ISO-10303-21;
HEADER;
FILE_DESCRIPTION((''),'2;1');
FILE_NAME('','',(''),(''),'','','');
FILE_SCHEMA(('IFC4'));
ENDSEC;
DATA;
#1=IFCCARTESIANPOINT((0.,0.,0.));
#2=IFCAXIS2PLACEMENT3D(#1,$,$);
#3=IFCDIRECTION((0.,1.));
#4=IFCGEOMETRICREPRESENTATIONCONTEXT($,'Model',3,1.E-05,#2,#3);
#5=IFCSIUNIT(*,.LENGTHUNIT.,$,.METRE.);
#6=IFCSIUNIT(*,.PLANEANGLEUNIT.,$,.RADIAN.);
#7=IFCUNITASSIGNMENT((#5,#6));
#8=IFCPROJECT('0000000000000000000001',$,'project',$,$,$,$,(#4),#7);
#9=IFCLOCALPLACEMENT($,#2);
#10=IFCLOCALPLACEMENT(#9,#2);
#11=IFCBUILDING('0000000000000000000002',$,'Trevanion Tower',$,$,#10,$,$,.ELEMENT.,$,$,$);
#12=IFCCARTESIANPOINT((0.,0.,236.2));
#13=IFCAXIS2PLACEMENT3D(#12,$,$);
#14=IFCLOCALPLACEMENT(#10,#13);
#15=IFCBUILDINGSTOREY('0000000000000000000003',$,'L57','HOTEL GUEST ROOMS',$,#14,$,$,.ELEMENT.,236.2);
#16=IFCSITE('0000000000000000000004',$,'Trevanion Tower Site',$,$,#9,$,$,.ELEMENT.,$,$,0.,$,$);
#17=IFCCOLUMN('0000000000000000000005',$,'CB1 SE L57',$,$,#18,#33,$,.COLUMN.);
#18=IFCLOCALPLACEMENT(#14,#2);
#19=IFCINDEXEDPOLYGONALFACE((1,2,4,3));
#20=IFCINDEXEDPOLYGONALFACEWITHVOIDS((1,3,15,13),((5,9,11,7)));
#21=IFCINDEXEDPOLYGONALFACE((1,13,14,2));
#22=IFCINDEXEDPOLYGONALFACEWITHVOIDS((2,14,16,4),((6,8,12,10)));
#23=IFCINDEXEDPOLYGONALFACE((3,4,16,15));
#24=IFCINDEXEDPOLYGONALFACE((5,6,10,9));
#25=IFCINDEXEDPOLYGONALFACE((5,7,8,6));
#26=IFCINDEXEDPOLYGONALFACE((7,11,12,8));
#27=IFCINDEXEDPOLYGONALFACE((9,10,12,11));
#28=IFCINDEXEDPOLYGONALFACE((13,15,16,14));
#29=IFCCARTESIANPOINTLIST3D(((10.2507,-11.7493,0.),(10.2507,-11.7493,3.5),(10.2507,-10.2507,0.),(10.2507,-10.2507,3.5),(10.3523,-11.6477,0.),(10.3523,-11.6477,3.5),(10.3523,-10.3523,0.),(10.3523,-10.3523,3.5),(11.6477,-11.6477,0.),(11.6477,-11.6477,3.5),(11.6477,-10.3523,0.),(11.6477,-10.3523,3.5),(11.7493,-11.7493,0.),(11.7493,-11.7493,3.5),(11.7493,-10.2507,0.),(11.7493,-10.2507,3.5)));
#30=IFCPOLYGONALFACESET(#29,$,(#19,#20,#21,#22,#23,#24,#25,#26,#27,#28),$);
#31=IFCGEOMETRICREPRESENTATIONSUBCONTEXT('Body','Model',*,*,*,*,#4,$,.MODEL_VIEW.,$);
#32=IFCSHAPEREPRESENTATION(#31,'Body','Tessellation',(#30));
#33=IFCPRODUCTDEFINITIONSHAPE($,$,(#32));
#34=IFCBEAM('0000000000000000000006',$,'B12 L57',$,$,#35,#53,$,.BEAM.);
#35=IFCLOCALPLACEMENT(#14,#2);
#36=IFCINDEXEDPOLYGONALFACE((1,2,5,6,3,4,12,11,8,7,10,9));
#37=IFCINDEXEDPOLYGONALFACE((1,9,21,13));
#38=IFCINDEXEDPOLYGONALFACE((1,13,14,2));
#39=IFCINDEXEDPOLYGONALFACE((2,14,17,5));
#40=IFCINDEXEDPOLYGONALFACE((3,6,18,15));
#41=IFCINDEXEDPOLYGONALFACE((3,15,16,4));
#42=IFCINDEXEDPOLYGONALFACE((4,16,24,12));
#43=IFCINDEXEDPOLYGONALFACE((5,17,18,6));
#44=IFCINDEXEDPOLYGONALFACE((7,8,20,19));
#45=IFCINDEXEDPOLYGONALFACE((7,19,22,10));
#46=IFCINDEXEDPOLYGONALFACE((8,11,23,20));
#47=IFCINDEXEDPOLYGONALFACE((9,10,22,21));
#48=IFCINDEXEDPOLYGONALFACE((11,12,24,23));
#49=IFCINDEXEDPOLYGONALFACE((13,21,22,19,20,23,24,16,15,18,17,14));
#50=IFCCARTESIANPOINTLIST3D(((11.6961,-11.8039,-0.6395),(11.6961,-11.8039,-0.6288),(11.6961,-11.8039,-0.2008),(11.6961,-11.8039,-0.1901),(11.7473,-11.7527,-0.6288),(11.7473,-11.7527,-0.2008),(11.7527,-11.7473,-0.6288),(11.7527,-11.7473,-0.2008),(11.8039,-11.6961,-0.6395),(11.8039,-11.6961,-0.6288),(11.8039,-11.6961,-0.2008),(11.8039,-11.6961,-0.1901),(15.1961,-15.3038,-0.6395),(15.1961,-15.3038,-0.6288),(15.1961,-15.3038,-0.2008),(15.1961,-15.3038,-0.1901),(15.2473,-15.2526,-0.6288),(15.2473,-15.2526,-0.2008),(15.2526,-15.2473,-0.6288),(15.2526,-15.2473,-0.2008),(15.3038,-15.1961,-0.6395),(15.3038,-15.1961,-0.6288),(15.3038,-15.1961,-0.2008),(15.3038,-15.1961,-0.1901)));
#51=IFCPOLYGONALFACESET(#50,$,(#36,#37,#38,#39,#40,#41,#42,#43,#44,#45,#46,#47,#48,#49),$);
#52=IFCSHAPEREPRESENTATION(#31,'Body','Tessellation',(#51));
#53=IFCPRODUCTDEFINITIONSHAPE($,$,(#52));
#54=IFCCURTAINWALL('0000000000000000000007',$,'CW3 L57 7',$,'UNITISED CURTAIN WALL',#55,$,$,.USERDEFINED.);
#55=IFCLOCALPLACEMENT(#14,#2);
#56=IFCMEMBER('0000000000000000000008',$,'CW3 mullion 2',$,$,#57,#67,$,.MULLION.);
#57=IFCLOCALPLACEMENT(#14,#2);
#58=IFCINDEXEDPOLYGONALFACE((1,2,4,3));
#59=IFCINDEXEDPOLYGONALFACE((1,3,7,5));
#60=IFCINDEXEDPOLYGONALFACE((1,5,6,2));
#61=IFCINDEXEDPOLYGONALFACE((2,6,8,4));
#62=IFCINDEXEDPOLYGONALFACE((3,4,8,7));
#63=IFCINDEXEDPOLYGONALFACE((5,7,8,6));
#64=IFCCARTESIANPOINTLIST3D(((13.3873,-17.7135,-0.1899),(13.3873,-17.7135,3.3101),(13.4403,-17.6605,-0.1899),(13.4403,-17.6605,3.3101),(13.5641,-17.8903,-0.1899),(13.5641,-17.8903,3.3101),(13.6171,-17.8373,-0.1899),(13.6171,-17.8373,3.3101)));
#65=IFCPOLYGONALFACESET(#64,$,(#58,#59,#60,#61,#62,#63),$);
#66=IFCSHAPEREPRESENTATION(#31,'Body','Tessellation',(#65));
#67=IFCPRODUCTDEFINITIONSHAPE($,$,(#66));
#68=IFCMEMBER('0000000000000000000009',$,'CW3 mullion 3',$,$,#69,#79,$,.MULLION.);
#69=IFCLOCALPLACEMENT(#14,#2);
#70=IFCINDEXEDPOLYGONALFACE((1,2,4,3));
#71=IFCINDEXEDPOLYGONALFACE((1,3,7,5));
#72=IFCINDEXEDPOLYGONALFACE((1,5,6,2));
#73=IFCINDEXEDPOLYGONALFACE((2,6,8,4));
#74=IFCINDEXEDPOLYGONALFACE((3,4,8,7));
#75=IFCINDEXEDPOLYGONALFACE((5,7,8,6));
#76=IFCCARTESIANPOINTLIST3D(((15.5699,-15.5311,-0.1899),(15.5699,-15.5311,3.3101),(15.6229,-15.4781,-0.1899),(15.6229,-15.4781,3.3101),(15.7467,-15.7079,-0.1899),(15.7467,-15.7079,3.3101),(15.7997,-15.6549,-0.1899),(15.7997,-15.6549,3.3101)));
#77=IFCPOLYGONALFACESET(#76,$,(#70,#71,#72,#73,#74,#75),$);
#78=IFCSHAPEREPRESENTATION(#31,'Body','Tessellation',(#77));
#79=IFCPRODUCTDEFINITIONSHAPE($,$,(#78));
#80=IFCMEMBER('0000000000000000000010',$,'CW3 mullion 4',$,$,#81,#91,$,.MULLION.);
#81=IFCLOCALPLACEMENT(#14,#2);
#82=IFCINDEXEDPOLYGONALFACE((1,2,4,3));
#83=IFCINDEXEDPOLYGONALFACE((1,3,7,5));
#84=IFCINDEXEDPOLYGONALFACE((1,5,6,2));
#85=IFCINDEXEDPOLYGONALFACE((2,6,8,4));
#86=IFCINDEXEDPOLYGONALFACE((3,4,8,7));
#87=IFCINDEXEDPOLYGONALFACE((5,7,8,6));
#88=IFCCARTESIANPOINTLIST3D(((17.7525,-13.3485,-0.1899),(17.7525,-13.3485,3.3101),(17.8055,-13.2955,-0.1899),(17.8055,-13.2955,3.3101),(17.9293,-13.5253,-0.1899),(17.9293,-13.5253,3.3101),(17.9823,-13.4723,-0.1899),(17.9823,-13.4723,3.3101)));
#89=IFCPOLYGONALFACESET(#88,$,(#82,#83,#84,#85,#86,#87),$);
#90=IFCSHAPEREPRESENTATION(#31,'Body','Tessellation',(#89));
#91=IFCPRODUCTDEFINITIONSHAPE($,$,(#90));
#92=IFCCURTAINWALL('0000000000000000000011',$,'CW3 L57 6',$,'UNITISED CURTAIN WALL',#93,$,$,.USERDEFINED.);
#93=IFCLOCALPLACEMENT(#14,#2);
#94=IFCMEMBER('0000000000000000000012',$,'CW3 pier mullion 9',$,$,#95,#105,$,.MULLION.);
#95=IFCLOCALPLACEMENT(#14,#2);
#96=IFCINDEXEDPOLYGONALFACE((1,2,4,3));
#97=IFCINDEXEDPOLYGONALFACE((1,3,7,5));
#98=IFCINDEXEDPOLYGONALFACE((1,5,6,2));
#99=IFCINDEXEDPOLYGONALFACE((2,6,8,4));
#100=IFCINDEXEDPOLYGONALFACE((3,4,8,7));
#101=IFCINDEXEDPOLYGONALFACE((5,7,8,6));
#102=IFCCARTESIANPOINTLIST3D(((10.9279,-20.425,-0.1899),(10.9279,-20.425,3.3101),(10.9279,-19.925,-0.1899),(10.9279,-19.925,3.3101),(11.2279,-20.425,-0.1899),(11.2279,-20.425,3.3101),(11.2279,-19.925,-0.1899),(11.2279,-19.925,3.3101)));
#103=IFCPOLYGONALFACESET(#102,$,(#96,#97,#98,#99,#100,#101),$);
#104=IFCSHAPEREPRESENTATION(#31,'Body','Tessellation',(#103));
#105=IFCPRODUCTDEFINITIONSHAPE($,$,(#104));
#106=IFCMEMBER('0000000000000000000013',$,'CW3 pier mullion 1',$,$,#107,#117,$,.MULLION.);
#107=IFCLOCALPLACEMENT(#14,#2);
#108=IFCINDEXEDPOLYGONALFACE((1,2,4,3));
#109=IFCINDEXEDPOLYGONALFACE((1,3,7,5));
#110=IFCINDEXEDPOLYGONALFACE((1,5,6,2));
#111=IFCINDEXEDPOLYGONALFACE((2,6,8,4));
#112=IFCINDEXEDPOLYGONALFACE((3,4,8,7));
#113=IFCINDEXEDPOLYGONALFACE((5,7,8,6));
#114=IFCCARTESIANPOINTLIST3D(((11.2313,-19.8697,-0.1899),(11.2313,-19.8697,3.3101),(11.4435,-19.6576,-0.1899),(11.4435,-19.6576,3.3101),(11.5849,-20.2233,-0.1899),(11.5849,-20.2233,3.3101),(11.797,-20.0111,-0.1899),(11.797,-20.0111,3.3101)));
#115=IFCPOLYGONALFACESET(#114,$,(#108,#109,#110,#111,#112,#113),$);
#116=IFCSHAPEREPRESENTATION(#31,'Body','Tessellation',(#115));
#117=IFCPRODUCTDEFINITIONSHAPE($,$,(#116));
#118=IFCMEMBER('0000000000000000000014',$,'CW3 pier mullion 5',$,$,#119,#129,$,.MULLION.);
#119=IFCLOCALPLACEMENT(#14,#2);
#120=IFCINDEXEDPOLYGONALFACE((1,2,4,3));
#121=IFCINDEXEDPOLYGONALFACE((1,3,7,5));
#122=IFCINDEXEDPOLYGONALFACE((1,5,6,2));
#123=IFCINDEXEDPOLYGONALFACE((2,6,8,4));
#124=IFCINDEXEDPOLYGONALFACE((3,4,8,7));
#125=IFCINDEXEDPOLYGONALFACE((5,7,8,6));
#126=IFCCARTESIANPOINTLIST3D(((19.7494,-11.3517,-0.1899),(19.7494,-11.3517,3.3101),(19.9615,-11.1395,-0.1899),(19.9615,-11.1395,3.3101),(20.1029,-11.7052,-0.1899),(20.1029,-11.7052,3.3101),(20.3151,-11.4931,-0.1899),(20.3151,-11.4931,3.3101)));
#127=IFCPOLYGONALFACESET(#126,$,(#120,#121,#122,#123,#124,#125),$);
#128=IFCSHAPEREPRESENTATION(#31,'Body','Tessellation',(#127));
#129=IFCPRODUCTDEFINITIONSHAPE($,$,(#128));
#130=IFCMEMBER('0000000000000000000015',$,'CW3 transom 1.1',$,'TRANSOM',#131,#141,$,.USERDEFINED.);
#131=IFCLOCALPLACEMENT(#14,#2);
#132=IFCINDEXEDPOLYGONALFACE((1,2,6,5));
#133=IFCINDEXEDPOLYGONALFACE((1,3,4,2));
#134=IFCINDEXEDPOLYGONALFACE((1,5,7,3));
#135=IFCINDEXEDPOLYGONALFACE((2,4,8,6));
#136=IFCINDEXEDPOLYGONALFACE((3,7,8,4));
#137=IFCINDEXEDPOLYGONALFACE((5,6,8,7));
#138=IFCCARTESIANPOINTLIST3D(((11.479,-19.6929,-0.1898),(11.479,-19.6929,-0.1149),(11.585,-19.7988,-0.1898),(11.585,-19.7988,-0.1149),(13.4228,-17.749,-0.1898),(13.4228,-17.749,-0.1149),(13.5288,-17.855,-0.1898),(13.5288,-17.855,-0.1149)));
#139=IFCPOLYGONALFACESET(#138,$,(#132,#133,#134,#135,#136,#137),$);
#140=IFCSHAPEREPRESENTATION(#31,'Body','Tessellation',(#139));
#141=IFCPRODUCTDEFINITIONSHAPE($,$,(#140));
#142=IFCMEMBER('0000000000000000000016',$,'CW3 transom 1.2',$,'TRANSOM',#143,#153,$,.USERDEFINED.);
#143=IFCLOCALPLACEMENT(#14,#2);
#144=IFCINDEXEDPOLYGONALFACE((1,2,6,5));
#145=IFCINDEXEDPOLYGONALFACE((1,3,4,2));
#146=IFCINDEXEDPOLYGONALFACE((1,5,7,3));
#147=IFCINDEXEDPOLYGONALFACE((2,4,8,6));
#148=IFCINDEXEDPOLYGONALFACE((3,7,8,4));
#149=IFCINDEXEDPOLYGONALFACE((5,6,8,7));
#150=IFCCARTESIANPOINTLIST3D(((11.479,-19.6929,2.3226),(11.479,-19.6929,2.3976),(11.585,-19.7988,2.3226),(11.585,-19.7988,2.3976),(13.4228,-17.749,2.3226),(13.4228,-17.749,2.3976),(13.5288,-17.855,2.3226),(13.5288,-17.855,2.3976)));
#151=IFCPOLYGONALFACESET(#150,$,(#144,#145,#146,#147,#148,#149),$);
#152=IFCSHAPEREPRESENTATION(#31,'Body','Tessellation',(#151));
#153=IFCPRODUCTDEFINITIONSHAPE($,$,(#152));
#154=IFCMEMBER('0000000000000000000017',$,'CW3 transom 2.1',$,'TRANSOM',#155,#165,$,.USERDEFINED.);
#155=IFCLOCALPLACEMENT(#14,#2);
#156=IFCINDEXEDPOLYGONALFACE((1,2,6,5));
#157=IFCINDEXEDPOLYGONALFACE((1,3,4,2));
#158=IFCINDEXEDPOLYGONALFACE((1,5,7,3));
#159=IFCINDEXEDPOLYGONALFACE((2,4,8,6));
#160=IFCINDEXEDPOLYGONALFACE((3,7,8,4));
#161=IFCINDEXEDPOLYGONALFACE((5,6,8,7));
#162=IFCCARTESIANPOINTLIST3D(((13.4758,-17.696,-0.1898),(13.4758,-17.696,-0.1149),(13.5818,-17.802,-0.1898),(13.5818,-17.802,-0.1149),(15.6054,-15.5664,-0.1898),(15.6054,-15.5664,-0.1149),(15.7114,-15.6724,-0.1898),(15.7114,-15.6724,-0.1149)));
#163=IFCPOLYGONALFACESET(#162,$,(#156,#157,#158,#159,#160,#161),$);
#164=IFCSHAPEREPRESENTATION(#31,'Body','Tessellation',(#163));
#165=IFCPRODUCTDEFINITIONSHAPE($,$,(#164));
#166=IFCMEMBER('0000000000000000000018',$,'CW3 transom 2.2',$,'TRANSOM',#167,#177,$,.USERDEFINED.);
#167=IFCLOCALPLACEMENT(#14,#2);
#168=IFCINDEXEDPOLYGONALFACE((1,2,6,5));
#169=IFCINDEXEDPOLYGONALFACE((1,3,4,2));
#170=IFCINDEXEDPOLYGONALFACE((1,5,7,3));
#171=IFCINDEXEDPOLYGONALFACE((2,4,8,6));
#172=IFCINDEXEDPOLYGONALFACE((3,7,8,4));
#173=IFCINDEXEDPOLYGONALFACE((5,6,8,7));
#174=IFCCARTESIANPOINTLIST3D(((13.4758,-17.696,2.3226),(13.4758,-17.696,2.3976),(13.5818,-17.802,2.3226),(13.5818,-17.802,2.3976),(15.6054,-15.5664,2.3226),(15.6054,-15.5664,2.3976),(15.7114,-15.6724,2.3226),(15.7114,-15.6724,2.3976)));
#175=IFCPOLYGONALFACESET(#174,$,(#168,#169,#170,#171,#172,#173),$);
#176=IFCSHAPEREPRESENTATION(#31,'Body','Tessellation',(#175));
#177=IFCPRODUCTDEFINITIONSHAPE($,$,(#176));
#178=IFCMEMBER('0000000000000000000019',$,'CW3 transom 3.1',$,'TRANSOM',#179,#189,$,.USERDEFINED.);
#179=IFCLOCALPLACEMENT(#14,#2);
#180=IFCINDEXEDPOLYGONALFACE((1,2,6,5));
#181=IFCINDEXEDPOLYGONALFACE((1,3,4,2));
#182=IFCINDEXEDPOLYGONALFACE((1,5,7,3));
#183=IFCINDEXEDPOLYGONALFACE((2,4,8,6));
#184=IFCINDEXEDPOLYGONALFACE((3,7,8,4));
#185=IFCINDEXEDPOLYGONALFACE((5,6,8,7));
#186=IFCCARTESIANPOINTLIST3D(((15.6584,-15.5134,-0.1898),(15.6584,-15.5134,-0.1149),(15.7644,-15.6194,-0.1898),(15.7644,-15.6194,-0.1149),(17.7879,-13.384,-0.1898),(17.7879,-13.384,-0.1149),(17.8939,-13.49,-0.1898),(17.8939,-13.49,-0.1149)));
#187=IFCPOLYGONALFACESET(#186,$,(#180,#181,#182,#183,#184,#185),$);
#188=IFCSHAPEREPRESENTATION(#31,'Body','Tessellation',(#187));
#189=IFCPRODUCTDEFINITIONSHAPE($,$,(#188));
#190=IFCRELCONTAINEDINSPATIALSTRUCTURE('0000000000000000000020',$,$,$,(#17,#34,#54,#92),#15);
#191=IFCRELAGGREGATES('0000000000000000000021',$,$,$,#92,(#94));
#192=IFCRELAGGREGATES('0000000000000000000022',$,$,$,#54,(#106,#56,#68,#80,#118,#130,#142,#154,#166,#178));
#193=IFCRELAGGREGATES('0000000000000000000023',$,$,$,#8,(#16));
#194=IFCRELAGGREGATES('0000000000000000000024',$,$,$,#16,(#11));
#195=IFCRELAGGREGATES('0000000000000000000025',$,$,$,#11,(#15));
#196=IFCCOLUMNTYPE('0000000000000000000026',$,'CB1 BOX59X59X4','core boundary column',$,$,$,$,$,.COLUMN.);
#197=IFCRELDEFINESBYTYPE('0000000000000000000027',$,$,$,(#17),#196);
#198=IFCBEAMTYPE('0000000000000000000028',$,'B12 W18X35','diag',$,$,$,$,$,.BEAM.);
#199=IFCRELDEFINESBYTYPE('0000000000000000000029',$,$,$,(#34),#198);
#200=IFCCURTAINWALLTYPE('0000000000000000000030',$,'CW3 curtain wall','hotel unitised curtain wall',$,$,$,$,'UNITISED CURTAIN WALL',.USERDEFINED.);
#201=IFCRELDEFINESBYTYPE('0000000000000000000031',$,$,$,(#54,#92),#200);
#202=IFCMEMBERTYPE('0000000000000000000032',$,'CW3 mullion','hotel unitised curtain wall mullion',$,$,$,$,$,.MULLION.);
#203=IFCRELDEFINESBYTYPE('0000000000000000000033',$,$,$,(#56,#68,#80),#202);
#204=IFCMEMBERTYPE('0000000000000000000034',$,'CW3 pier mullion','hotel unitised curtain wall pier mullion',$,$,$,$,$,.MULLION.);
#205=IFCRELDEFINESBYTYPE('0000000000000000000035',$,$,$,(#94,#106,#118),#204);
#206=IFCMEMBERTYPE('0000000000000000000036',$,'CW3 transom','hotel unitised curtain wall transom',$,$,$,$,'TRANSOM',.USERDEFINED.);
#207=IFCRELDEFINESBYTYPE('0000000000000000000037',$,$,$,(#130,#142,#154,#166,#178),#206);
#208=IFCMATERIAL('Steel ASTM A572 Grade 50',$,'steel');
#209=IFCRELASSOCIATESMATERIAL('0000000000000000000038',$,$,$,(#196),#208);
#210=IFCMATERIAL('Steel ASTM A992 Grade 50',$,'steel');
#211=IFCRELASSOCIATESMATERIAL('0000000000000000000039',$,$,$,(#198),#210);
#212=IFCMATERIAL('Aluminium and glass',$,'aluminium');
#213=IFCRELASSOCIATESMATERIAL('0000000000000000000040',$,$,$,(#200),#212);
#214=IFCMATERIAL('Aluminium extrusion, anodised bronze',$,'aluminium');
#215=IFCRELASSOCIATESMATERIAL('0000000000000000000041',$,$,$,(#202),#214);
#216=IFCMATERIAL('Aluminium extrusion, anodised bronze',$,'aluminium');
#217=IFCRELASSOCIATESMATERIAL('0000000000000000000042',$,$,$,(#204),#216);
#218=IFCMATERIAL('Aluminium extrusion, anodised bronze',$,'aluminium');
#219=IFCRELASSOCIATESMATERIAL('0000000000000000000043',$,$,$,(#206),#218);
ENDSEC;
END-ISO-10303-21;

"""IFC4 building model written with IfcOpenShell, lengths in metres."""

from ifc_helpers import new_model, si_unit, direction, frame, origin, origin_2d, place, context, subcontext, project, spatial, rectangle, hollow_rectangle, i_section, extrude, material, material_profile, profile_set, type_object, element, aggregate, save


model = new_model("IFC4")

# Units and contexts
model_context = context("Model", 3, precision=1e-05, world=origin(), true_north=direction((0.0, 1.0)))
body_context = subcontext(model_context, "Body", "Model", "MODEL_VIEW")
ifc_project = project(units=[si_unit("LENGTHUNIT", "METRE"), si_unit("PLANEANGLEUNIT", "RADIAN")], contexts=[model_context])

# Site, building, storey
site_placement = place(None, origin())
site = spatial("IfcSite", under=ifc_project, at=site_placement, Name="Trevanion Tower Site", CompositionType="ELEMENT", RefElevation=0.0)
building_placement = place(site_placement, origin())
building = spatial("IfcBuilding", under=site, at=building_placement, Name="Trevanion Tower", CompositionType="ELEMENT")
storey_placement = place(building_placement, frame((0.0, 0.0, 236.2)))
storey = spatial("IfcBuildingStorey", under=building, at=storey_placement, Name="L57", Description="HOTEL GUEST ROOMS", CompositionType="ELEMENT", Elevation=236.2)

# Column
ifc_material_1 = material(Name="Steel ASTM A572 Grade 50", Category="steel")
ifc_material_profile_1 = material_profile(ifc_material_1, hollow_rectangle(XDim=1.4985, YDim=1.4985, WallThickness=0.1016, at=origin_2d()), Name="BOX59X59X4")
ifc_profile_set_1 = profile_set([ifc_material_profile_1], Name="Steel ASTM A572 Grade 50")
column_type = type_object("IfcColumnType", Name="CB1 BOX59X59X4", Description="core boundary column", PredefinedType="COLUMN", material=ifc_profile_set_1)
column_placement = place(storey_placement, frame((11.0, -11.0, 0.0), z_axis=(0.0, 0.0, 1.0), x_axis=(1.0, 0.0, 0.0)))
element("IfcColumn", 1, at=column_placement, inside=storey, type_object=column_type, Name="CB1 SE L57", PredefinedType="COLUMN", context=body_context, shape_type="SweptSolid", body=[
    extrude(hollow_rectangle(XDim=1.4985, YDim=1.4985, WallThickness=0.1016, at=origin_2d()), origin(), (0.0, 0.0, 1.0), 3.5),
])

# Beam
ifc_material_2 = material(Name="Steel ASTM A992 Grade 50", Category="steel")
ifc_material_profile_2 = material_profile(ifc_material_2, i_section(OverallWidth=0.1523, OverallDepth=0.4495, WebThickness=0.0076, FlangeThickness=0.0107, at=origin_2d()), Name="W18X35")
ifc_profile_set_2 = profile_set([ifc_material_profile_2], Name="Steel ASTM A992 Grade 50")
beam_type_1 = type_object("IfcBeamType", Name="B12 W18X35", Description="diag", PredefinedType="BEAM", material=ifc_profile_set_2)
beam_1_placement = place(storey_placement, frame((11.75, -11.75, -0.4148), z_axis=(0.707107, -0.707107, 0.0), x_axis=(0.707107, 0.707107, 0.0)))
element("IfcBeam", 2, at=beam_1_placement, inside=storey, type_object=beam_type_1, Name="B12 L57", PredefinedType="BEAM", context=body_context, shape_type="SweptSolid", body=[
    extrude(i_section(OverallWidth=0.1523, OverallDepth=0.4495, WebThickness=0.0076, FlangeThickness=0.0107, at=origin_2d()), origin(), (0.0, 0.0, 1.0), 4.9497),
])

# Curtain wall, members
ifc_material_3 = material(Name="Aluminium and glass", Category="aluminium")
curtain_wall_type = type_object("IfcCurtainWallType", Name="CW3 curtain wall", Description="hotel unitised curtain wall", ElementType="UNITISED CURTAIN WALL", PredefinedType="USERDEFINED", material=ifc_material_3)
curtain_wall_1_placement = place(storey_placement, origin())
curtain_wall_1 = element("IfcCurtainWall", 3, at=curtain_wall_1_placement, inside=storey, type_object=curtain_wall_type, Name="CW3 L57 7", ObjectType="UNITISED CURTAIN WALL", PredefinedType="USERDEFINED")
ifc_material_4 = material(Name="Aluminium extrusion, anodised bronze", Category="aluminium")
ifc_material_profile_3 = material_profile(ifc_material_4, rectangle(XDim=0.075, YDim=0.25, at=origin_2d()), Name="CW3 mullion")
ifc_profile_set_3 = profile_set([ifc_material_profile_3], Name="Aluminium extrusion, anodised bronze")
member_type_1 = type_object("IfcMemberType", Name="CW3 mullion", Description="hotel unitised curtain wall mullion", PredefinedType="MULLION", material=ifc_profile_set_3)
member_1_placement = place(storey_placement, frame((13.5022, -17.7754, -0.1899), z_axis=(0.0, 0.0, 1.0), x_axis=(0.707107, 0.707107, 0.0)))
member_1 = element("IfcMember", 4, at=member_1_placement, type_object=member_type_1, Name="CW3 mullion 2", PredefinedType="MULLION", context=body_context, shape_type="SweptSolid", body=[
    extrude(rectangle(XDim=0.075, YDim=0.25, at=origin_2d()), origin(), (0.0, 0.0, 1.0), 3.5),
])
member_2_placement = place(storey_placement, frame((15.6848, -15.593, -0.1899), z_axis=(0.0, 0.0, 1.0), x_axis=(0.707107, 0.707107, 0.0)))
member_2 = element("IfcMember", 5, at=member_2_placement, type_object=member_type_1, Name="CW3 mullion 3", PredefinedType="MULLION", context=body_context, shape_type="SweptSolid", body=[
    extrude(rectangle(XDim=0.075, YDim=0.25, at=origin_2d()), origin(), (0.0, 0.0, 1.0), 3.5),
])
member_3_placement = place(storey_placement, frame((17.8674, -13.4104, -0.1899), z_axis=(0.0, 0.0, 1.0), x_axis=(0.707107, 0.707107, 0.0)))
member_3 = element("IfcMember", 6, at=member_3_placement, type_object=member_type_1, Name="CW3 mullion 4", PredefinedType="MULLION", context=body_context, shape_type="SweptSolid", body=[
    extrude(rectangle(XDim=0.075, YDim=0.25, at=origin_2d()), origin(), (0.0, 0.0, 1.0), 3.5),
])

# Curtain wall, member
curtain_wall_2_placement = place(storey_placement, origin())
curtain_wall_2 = element("IfcCurtainWall", 7, at=curtain_wall_2_placement, inside=storey, type_object=curtain_wall_type, Name="CW3 L57 6", ObjectType="UNITISED CURTAIN WALL", PredefinedType="USERDEFINED")
ifc_material_5 = material(Name="Aluminium extrusion, anodised bronze", Category="aluminium")
ifc_material_profile_4 = material_profile(ifc_material_5, rectangle(XDim=0.3, YDim=0.5, at=origin_2d()), Name="CW3 pier mullion")
ifc_profile_set_4 = profile_set([ifc_material_profile_4], Name="Aluminium extrusion, anodised bronze")
member_type_2 = type_object("IfcMemberType", Name="CW3 pier mullion", Description="hotel unitised curtain wall pier mullion", PredefinedType="MULLION", material=ifc_profile_set_4)
member_4_placement = place(storey_placement, frame((11.0779, -20.175, -0.1899), z_axis=(0.0, 0.0, 1.0), x_axis=(1.0, 0.0, 0.0)))
member_4 = element("IfcMember", 8, at=member_4_placement, type_object=member_type_2, Name="CW3 pier mullion 9", PredefinedType="MULLION", context=body_context, shape_type="SweptSolid", body=[
    extrude(rectangle(XDim=0.3, YDim=0.5, at=origin_2d()), origin(), (0.0, 0.0, 1.0), 3.5),
])
aggregate(curtain_wall_2, [member_4])

# Members
member_5_placement = place(storey_placement, frame((11.5142, -19.9404, -0.1899), z_axis=(0.0, 0.0, 1.0), x_axis=(0.707107, 0.707107, 0.0)))
member_5 = element("IfcMember", 9, at=member_5_placement, type_object=member_type_2, Name="CW3 pier mullion 1", PredefinedType="MULLION", context=body_context, shape_type="SweptSolid", body=[
    extrude(rectangle(XDim=0.3, YDim=0.5, at=origin_2d()), origin(), (0.0, 0.0, 1.0), 3.5),
])
member_6_placement = place(storey_placement, frame((20.0322, -11.4224, -0.1899), z_axis=(0.0, 0.0, 1.0), x_axis=(0.707107, 0.707107, 0.0)))
member_6 = element("IfcMember", 10, at=member_6_placement, type_object=member_type_2, Name="CW3 pier mullion 5", PredefinedType="MULLION", context=body_context, shape_type="SweptSolid", body=[
    extrude(rectangle(XDim=0.3, YDim=0.5, at=origin_2d()), origin(), (0.0, 0.0, 1.0), 3.5),
])
ifc_material_6 = material(Name="Aluminium extrusion, anodised bronze", Category="aluminium")
ifc_material_profile_5 = material_profile(ifc_material_6, rectangle(XDim=0.1499, YDim=0.075, at=origin_2d()), Name="CW3 transom")
ifc_profile_set_5 = profile_set([ifc_material_profile_5], Name="Aluminium extrusion, anodised bronze")
member_type_3 = type_object("IfcMemberType", Name="CW3 transom", Description="hotel unitised curtain wall transom", ElementType="TRANSOM", PredefinedType="USERDEFINED", material=ifc_profile_set_5)
member_7_placement = place(storey_placement, frame((11.532, -19.7458, -0.1523), z_axis=(0.707107, 0.707107, 0.0), x_axis=(-0.707107, 0.707107, 0.0)))
member_7 = element("IfcMember", 11, at=member_7_placement, type_object=member_type_3, Name="CW3 transom 1.1", ObjectType="TRANSOM", PredefinedType="USERDEFINED", context=body_context, shape_type="SweptSolid", body=[
    extrude(rectangle(XDim=0.1499, YDim=0.075, at=origin_2d()), origin(), (0.0, 0.0, 1.0), 2.749),
])
member_8_placement = place(storey_placement, frame((11.532, -19.7458, 2.3601), z_axis=(0.707107, 0.707107, 0.0), x_axis=(-0.707107, 0.707107, 0.0)))
member_8 = element("IfcMember", 12, at=member_8_placement, type_object=member_type_3, Name="CW3 transom 1.2", ObjectType="TRANSOM", PredefinedType="USERDEFINED", context=body_context, shape_type="SweptSolid", body=[
    extrude(rectangle(XDim=0.1499, YDim=0.075, at=origin_2d()), origin(), (0.0, 0.0, 1.0), 2.749),
])
member_9_placement = place(storey_placement, frame((13.5288, -17.749, -0.1523), z_axis=(0.707107, 0.707107, 0.0), x_axis=(-0.707107, 0.707107, 0.0)))
member_9 = element("IfcMember", 13, at=member_9_placement, type_object=member_type_3, Name="CW3 transom 2.1", ObjectType="TRANSOM", PredefinedType="USERDEFINED", context=body_context, shape_type="SweptSolid", body=[
    extrude(rectangle(XDim=0.1499, YDim=0.075, at=origin_2d()), origin(), (0.0, 0.0, 1.0), 3.0117),
])
member_10_placement = place(storey_placement, frame((13.5288, -17.749, 2.3601), z_axis=(0.707107, 0.707107, 0.0), x_axis=(-0.707107, 0.707107, 0.0)))
member_10 = element("IfcMember", 14, at=member_10_placement, type_object=member_type_3, Name="CW3 transom 2.2", ObjectType="TRANSOM", PredefinedType="USERDEFINED", context=body_context, shape_type="SweptSolid", body=[
    extrude(rectangle(XDim=0.1499, YDim=0.075, at=origin_2d()), origin(), (0.0, 0.0, 1.0), 3.0117),
])
member_11_placement = place(storey_placement, frame((15.7114, -15.5664, -0.1523), z_axis=(0.707107, 0.707107, 0.0), x_axis=(-0.707107, 0.707107, 0.0)))
member_11 = element("IfcMember", 15, at=member_11_placement, type_object=member_type_3, Name="CW3 transom 3.1", ObjectType="TRANSOM", PredefinedType="USERDEFINED", context=body_context, shape_type="SweptSolid", body=[
    extrude(rectangle(XDim=0.1499, YDim=0.075, at=origin_2d()), origin(), (0.0, 0.0, 1.0), 3.0115),
])

aggregate(curtain_wall_1, [member_5, member_1, member_2, member_3, member_6, member_7, member_8, member_9, member_10, member_11])

save(model, "model.ifc")
